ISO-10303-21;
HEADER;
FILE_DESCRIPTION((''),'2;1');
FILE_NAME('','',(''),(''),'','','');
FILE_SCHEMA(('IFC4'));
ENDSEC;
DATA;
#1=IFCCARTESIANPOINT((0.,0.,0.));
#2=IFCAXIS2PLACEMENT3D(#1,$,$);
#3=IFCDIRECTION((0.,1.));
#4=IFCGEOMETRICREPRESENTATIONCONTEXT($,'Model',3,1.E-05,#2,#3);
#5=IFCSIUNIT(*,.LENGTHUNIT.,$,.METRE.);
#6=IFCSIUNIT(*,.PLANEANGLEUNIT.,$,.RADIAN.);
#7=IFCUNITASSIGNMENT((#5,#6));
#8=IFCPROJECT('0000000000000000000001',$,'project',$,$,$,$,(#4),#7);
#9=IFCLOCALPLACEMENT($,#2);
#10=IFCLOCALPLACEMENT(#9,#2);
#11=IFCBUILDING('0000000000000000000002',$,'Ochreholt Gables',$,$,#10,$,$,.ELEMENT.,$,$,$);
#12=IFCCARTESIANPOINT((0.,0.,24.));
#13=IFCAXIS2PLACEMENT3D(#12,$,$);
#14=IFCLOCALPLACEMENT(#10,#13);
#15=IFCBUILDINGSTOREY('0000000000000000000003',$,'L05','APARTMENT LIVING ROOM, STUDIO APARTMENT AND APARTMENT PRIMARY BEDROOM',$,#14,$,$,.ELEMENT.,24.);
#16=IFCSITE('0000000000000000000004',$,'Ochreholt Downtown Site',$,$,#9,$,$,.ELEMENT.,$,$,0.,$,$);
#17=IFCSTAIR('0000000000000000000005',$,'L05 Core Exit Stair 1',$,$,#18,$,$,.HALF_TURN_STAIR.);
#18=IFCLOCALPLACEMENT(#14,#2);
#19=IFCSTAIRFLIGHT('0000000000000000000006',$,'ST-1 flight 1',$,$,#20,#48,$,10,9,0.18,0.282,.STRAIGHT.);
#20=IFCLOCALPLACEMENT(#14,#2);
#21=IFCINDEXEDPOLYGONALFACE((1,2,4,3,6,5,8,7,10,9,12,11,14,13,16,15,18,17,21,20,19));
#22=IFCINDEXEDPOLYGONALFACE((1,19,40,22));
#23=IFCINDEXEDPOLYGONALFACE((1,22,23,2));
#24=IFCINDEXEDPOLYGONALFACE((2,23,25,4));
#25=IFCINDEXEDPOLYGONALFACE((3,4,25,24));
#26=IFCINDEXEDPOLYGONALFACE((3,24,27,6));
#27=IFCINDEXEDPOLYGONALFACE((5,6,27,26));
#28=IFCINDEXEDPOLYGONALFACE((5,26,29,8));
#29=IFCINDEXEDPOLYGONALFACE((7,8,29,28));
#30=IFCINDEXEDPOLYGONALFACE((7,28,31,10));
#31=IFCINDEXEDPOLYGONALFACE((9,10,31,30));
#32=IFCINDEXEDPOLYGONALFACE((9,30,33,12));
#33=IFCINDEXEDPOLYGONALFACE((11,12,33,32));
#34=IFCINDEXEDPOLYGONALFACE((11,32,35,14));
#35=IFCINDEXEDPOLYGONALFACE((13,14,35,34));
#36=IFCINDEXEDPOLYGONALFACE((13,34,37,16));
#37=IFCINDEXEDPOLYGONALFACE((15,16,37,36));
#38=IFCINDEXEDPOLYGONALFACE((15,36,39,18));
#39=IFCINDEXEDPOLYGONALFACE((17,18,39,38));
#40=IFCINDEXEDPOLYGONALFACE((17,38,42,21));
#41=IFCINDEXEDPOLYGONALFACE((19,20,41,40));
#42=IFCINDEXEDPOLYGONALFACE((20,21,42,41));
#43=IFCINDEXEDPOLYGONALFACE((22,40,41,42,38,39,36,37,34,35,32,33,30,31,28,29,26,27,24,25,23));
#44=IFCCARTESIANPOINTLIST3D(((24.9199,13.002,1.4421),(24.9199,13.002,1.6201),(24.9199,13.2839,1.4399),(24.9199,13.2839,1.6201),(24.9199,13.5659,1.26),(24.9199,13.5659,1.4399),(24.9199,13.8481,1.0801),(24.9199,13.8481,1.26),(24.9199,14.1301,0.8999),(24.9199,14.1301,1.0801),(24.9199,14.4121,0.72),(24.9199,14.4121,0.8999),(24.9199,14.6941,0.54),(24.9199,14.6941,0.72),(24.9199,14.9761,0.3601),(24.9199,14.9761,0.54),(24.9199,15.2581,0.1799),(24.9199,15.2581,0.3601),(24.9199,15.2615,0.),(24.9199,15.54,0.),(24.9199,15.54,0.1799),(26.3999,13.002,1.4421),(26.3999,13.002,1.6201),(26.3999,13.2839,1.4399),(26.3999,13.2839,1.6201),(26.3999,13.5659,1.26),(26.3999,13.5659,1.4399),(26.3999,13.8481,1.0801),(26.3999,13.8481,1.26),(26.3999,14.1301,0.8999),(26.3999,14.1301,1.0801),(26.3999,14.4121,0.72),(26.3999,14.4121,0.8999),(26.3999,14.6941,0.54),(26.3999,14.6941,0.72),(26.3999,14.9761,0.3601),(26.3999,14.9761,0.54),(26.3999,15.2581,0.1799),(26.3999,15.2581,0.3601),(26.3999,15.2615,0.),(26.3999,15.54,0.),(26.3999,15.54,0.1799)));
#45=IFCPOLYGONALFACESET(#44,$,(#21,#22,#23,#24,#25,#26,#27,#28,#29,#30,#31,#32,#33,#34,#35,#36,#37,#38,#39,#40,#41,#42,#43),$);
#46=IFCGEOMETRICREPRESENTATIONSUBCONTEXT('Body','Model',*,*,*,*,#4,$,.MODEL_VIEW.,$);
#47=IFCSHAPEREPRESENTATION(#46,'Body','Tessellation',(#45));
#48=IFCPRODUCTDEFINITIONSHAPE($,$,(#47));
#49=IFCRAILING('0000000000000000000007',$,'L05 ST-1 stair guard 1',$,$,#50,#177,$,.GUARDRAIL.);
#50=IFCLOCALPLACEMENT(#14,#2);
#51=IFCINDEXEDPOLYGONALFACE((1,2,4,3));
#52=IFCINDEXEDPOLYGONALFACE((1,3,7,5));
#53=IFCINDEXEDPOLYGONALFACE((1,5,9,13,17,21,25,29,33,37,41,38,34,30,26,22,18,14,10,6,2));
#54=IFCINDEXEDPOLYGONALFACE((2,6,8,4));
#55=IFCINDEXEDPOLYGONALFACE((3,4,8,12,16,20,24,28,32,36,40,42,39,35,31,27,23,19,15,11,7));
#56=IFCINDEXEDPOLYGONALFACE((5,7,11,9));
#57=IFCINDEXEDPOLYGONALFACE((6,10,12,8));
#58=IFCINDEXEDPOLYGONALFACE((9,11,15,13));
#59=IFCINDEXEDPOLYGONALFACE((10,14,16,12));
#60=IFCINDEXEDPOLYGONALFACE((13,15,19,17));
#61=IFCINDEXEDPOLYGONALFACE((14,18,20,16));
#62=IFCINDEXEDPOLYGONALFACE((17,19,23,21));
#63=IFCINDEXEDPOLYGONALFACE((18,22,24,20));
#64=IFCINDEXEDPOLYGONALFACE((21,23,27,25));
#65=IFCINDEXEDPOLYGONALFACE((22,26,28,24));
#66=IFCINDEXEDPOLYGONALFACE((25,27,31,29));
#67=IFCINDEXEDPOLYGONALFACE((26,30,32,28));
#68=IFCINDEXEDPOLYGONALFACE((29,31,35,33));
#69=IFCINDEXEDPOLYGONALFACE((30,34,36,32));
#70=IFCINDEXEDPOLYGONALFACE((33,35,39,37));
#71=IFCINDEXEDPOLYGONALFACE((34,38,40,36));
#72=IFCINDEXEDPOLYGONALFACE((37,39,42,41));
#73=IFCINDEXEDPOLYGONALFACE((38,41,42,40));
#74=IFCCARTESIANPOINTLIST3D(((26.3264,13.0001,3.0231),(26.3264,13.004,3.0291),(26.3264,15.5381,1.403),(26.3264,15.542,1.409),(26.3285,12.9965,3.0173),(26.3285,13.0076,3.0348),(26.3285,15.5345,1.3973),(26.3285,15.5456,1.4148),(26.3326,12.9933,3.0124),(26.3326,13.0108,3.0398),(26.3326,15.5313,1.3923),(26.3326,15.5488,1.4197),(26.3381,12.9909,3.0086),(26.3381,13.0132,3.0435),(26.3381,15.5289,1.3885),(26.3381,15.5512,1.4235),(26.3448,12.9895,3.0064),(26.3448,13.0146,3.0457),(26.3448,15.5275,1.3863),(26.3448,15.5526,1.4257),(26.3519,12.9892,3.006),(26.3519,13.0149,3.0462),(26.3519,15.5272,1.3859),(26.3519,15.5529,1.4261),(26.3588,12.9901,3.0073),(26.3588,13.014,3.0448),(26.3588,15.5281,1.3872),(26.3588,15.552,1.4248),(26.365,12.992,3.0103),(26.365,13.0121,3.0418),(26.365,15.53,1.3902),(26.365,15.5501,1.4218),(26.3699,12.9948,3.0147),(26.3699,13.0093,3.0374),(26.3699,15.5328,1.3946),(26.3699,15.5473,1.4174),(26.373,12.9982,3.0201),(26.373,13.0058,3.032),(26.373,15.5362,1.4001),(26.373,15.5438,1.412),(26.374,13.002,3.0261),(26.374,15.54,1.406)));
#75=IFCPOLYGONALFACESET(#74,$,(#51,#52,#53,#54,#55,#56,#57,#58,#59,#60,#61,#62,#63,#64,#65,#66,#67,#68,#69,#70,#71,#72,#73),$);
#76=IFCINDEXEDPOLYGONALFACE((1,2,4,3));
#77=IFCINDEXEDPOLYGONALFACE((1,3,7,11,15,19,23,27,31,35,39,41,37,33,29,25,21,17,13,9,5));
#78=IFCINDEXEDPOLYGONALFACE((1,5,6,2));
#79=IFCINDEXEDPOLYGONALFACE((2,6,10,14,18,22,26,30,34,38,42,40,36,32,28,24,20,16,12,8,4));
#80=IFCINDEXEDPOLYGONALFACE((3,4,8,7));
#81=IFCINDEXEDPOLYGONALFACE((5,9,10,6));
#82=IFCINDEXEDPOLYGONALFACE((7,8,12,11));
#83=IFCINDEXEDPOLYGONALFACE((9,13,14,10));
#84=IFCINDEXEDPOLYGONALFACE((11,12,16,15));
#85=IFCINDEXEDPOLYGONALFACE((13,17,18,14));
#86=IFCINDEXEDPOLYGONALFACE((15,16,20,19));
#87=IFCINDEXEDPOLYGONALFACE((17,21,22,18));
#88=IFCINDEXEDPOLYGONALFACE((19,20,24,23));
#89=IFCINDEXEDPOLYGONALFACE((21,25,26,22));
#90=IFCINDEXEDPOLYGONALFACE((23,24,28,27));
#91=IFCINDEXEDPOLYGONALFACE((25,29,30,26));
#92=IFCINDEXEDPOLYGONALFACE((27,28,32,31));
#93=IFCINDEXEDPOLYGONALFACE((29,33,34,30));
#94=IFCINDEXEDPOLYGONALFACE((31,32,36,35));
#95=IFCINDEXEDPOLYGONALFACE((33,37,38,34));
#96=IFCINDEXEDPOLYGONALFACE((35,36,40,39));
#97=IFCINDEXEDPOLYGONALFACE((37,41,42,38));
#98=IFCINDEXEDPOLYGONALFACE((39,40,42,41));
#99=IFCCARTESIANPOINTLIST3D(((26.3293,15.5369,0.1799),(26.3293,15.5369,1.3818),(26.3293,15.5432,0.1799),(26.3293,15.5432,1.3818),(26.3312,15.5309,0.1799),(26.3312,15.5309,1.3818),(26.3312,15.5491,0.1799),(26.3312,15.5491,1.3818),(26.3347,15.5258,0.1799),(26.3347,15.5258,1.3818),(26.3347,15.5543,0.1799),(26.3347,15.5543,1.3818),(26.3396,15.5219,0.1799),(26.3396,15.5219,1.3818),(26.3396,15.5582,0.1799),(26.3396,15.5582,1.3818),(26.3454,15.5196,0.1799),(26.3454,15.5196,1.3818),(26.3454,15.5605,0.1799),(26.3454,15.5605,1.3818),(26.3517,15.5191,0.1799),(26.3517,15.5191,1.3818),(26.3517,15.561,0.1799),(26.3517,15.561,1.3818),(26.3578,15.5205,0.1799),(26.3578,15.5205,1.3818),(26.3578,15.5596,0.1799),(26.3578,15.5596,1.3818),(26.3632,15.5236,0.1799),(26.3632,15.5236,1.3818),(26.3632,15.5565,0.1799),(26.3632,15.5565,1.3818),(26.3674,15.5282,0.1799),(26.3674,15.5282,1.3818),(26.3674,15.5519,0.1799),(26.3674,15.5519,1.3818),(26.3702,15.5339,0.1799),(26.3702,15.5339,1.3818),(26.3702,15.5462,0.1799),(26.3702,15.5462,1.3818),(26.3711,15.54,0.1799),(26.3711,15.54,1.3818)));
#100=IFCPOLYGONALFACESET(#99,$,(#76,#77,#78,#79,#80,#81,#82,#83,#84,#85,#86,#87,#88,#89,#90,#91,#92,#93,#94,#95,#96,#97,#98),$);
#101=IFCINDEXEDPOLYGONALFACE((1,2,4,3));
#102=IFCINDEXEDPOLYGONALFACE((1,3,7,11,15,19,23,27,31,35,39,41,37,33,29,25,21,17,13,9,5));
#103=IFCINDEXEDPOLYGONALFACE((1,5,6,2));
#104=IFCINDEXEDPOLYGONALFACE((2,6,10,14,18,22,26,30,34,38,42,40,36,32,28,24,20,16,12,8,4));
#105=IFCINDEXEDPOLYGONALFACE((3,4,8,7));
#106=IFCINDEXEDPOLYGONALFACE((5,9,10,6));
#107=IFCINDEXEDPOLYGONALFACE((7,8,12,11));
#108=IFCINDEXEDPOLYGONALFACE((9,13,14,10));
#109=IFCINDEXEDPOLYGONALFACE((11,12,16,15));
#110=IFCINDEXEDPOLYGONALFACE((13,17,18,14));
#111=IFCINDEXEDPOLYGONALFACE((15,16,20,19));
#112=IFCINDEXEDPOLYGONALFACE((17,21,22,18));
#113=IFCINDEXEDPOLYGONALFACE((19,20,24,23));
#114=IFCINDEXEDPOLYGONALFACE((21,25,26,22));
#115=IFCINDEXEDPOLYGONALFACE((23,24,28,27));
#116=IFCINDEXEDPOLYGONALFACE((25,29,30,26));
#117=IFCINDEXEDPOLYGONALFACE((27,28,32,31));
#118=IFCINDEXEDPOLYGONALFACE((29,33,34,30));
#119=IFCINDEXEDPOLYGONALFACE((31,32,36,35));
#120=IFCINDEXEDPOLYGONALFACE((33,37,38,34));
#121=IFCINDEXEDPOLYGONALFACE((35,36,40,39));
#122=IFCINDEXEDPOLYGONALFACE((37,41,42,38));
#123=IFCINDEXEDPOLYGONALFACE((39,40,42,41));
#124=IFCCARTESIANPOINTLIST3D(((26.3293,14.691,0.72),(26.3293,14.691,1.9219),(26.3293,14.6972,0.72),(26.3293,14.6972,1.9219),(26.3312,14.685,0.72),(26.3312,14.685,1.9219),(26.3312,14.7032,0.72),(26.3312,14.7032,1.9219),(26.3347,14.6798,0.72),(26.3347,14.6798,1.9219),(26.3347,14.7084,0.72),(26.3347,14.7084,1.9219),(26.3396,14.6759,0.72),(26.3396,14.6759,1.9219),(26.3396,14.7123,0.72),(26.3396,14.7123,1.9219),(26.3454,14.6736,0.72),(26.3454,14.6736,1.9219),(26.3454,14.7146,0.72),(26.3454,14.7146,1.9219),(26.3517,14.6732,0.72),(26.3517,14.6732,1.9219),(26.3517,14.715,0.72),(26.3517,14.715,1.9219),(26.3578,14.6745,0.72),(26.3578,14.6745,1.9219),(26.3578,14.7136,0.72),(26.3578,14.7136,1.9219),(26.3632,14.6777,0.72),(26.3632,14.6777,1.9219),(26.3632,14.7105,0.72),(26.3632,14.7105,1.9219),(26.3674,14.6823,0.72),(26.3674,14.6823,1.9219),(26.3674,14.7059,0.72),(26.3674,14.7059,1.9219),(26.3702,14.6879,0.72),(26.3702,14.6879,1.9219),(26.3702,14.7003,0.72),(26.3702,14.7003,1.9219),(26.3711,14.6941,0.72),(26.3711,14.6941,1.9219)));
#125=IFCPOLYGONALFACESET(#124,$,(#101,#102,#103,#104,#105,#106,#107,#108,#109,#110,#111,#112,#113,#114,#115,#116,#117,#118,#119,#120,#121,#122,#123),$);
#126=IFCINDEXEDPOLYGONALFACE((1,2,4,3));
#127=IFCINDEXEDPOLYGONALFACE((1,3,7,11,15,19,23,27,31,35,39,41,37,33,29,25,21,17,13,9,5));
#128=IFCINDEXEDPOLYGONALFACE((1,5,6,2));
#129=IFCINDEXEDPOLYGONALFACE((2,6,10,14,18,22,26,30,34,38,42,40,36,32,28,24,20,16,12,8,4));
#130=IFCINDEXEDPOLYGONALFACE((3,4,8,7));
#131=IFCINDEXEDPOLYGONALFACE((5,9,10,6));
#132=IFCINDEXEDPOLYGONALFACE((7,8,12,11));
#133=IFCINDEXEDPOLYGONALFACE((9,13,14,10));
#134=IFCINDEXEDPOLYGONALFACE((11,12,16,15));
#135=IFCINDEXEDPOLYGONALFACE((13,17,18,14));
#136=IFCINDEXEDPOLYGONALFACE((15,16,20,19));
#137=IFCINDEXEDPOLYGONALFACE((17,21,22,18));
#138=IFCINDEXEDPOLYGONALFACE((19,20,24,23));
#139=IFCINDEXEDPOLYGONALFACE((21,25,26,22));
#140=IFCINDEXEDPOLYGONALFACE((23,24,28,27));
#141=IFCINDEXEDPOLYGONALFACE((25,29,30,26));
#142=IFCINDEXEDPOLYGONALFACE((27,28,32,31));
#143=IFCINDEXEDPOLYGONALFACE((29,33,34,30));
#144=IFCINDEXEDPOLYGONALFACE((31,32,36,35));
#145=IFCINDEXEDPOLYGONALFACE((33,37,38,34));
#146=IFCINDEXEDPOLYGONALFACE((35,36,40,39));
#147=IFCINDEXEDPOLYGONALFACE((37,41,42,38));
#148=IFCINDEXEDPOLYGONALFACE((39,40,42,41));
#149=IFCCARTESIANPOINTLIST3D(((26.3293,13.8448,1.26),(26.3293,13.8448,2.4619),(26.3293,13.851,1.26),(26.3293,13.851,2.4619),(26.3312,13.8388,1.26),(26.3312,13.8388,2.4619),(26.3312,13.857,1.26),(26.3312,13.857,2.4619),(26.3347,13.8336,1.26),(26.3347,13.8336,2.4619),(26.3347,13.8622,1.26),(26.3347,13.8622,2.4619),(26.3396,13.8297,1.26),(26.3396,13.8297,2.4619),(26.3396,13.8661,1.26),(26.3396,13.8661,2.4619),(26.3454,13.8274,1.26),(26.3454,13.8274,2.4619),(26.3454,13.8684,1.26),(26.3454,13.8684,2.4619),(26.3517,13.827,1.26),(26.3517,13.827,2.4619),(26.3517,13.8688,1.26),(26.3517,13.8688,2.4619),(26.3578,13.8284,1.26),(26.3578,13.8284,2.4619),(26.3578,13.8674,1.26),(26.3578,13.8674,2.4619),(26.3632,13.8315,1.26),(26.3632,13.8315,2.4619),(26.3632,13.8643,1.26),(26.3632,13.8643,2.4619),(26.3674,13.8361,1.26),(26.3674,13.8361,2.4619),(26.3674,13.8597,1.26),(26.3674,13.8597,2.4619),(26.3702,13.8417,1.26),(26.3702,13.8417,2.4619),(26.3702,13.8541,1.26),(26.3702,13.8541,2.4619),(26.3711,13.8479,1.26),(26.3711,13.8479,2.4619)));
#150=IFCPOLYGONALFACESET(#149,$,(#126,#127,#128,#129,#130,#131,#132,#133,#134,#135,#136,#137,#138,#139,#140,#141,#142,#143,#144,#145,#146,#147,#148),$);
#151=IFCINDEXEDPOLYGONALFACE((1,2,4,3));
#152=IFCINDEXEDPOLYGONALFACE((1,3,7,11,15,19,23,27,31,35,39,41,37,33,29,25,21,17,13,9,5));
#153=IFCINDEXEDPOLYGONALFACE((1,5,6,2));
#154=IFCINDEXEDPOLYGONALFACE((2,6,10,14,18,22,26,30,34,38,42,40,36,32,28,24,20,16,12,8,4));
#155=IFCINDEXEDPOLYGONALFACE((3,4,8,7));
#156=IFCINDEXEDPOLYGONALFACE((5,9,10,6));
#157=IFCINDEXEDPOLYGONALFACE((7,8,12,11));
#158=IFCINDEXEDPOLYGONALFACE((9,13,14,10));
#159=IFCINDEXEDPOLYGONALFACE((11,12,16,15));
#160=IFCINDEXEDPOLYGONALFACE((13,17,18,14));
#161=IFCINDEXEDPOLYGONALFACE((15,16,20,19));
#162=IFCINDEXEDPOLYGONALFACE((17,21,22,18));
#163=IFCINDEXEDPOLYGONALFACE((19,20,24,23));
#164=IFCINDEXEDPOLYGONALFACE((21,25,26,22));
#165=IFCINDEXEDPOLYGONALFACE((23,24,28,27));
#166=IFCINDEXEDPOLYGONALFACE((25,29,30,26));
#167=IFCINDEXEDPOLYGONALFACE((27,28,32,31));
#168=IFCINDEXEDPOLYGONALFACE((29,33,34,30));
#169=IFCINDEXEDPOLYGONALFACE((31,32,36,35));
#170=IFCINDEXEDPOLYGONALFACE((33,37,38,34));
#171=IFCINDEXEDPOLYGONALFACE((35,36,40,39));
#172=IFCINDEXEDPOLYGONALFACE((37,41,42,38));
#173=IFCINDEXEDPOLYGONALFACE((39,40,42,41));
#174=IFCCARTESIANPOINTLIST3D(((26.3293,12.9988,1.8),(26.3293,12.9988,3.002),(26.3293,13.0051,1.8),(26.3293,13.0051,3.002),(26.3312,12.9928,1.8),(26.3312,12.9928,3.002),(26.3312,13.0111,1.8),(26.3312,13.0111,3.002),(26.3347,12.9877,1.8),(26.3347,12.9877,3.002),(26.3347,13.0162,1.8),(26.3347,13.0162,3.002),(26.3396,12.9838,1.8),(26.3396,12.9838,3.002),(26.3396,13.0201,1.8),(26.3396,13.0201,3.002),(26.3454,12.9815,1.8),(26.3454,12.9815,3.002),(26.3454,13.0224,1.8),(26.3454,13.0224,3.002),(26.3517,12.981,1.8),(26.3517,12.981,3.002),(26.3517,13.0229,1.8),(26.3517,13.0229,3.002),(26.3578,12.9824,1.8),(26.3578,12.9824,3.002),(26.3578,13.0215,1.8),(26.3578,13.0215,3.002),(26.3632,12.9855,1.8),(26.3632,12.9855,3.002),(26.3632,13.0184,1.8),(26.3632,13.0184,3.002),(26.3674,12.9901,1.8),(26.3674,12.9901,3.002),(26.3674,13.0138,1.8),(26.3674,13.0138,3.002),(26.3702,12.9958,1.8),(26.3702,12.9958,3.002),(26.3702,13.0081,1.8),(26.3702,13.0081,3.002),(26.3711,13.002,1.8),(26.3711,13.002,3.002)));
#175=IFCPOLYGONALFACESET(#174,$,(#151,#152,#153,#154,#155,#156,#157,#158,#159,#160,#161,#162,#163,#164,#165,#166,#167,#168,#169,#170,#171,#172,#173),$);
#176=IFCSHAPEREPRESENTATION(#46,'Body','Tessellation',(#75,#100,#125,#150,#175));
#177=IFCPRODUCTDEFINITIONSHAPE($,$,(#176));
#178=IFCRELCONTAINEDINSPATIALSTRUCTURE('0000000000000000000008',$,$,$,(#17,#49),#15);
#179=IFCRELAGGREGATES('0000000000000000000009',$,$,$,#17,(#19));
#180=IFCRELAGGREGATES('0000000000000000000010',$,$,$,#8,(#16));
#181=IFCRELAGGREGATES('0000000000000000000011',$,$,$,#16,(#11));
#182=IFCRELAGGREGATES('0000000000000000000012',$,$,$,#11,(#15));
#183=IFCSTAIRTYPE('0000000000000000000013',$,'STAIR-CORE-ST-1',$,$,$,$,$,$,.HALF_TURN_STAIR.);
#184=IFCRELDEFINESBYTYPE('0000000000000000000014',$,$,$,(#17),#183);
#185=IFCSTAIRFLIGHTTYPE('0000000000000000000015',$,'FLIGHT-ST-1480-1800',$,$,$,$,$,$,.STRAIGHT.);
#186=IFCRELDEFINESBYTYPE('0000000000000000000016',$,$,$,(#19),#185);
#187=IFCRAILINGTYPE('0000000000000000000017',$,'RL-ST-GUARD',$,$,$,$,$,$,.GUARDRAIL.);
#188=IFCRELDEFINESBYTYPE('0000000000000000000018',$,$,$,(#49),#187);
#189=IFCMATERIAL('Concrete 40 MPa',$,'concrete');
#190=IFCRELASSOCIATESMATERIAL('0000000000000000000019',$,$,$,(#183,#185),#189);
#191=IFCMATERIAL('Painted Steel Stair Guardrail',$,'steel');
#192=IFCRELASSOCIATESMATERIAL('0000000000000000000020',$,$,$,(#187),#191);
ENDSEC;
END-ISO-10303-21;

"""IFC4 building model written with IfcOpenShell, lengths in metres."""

from ifc_helpers import new_model, si_unit, direction, frame, origin, origin_2d, place, context, subcontext, project, spatial, polyline, circle, outline, extrude, material, type_object, element, aggregate, save


model = new_model("IFC4")

# Units and contexts
model_context = context("Model", 3, precision=1e-05, world=origin(), true_north=direction((0.0, 1.0)))
body_context = subcontext(model_context, "Body", "Model", "MODEL_VIEW")
ifc_project = project(units=[si_unit("LENGTHUNIT", "METRE"), si_unit("PLANEANGLEUNIT", "RADIAN")], contexts=[model_context])

# Site, building, storey
site_placement = place(None, origin())
site = spatial("IfcSite", under=ifc_project, at=site_placement, Name="Ochreholt Downtown Site", CompositionType="ELEMENT", RefElevation=0.0)
building_placement = place(site_placement, origin())
building = spatial("IfcBuilding", under=site, at=building_placement, Name="Ochreholt Gables", CompositionType="ELEMENT")
storey_placement = place(building_placement, frame((0.0, 0.0, 24.0)))
storey = spatial("IfcBuildingStorey", under=building, at=storey_placement, Name="L05", Description="APARTMENT LIVING ROOM, STUDIO APARTMENT AND APARTMENT PRIMARY BEDROOM", CompositionType="ELEMENT", Elevation=24.0)

# Shared definitions
ifc_material_1 = material(Name="Concrete 40 MPa", Category="concrete")

# Stair, stair flight
stair_type = type_object("IfcStairType", Name="STAIR-CORE-ST-1", PredefinedType="HALF_TURN_STAIR", material=ifc_material_1)
stair_placement = place(storey_placement, origin())
stair = element("IfcStair", 1, at=stair_placement, inside=storey, type_object=stair_type, Name="L05 Core Exit Stair 1", PredefinedType="HALF_TURN_STAIR")
stair_flight_type = type_object("IfcStairFlightType", Name="FLIGHT-ST-1480-1800", PredefinedType="STRAIGHT", material=ifc_material_1)
stair_flight_placement = place(storey_placement, frame((25.6599, 15.54, 0.0), z_axis=(0.0, 0.0, 1.0), x_axis=(0.0, -1.0, 0.0)))
stair_flight = element("IfcStairFlight", 2, at=stair_flight_placement, type_object=stair_flight_type, Name="ST-1 flight 1", NumberOfRisers=10, NumberOfTreads=9, PredefinedType="STRAIGHT", RiserHeight=0.18, TreadLength=0.282, context=body_context, shape_type="SweptSolid", body=[
    extrude(outline(polyline([(0.0, 0.0), (0.0, 0.1799), (0.282, 0.1799), (0.282, 0.3601), (0.564, 0.3601), (0.564, 0.54), (0.8459, 0.54), (0.8459, 0.72), (1.1279, 0.72), (1.1279, 0.8999), (1.4099, 0.8999), (1.4099, 1.0801), (1.6919, 1.0801), (1.6919, 1.26), (1.9741, 1.26), (1.9741, 1.4399), (2.2561, 1.4399), (2.2561, 1.6201), (2.5381, 1.6201), (2.5381, 1.8), (2.5381, 1.4421), (0.2786, 0.0), (0.0, 0.0)])), frame((0.0, 0.74, 0.0), z_axis=(0.0, -1.0, 0.0), x_axis=(1.0, 0.0, 0.0)), (0.0, 0.0, 1.0), 1.48),
])
aggregate(stair, [stair_flight])

# Railing
ifc_material_2 = material(Name="Painted Steel Stair Guardrail", Category="steel")
railing_type_1 = type_object("IfcRailingType", Name="RL-ST-GUARD", PredefinedType="GUARDRAIL", material=ifc_material_2)
railing_1_placement = place(storey_placement, frame((26.3501, 15.54, 0.1799)))
element("IfcRailing", 3, at=railing_1_placement, inside=storey, type_object=railing_type_1, Name="L05 ST-1 stair guard 1", PredefinedType="GUARDRAIL", context=body_context, shape_type="SweptSolid", body=[
    extrude(circle(Radius=0.0239, at=origin_2d()), frame((0.0, 0.0, 1.2261), z_axis=(0.0, -0.842913, 0.53805), x_axis=(1.0, 0.0, 0.0)), (0.0, 0.0, 1.0), 3.011),
    extrude(circle(Radius=0.021, at=origin_2d()), origin(), (0.0, 0.0, 1.0), 1.2019),
    extrude(circle(Radius=0.021, at=origin_2d()), frame((0.0, -0.8459, 0.54)), (0.0, 0.0, 1.0), 1.2019),
    extrude(circle(Radius=0.021, at=origin_2d()), frame((0.0, -1.6921, 1.0801)), (0.0, 0.0, 1.0), 1.2019),
    extrude(circle(Radius=0.021, at=origin_2d()), frame((0.0, -2.5381, 1.6201)), (0.0, 0.0, 1.0), 1.2019),
])

save(model, "model.ifc")
